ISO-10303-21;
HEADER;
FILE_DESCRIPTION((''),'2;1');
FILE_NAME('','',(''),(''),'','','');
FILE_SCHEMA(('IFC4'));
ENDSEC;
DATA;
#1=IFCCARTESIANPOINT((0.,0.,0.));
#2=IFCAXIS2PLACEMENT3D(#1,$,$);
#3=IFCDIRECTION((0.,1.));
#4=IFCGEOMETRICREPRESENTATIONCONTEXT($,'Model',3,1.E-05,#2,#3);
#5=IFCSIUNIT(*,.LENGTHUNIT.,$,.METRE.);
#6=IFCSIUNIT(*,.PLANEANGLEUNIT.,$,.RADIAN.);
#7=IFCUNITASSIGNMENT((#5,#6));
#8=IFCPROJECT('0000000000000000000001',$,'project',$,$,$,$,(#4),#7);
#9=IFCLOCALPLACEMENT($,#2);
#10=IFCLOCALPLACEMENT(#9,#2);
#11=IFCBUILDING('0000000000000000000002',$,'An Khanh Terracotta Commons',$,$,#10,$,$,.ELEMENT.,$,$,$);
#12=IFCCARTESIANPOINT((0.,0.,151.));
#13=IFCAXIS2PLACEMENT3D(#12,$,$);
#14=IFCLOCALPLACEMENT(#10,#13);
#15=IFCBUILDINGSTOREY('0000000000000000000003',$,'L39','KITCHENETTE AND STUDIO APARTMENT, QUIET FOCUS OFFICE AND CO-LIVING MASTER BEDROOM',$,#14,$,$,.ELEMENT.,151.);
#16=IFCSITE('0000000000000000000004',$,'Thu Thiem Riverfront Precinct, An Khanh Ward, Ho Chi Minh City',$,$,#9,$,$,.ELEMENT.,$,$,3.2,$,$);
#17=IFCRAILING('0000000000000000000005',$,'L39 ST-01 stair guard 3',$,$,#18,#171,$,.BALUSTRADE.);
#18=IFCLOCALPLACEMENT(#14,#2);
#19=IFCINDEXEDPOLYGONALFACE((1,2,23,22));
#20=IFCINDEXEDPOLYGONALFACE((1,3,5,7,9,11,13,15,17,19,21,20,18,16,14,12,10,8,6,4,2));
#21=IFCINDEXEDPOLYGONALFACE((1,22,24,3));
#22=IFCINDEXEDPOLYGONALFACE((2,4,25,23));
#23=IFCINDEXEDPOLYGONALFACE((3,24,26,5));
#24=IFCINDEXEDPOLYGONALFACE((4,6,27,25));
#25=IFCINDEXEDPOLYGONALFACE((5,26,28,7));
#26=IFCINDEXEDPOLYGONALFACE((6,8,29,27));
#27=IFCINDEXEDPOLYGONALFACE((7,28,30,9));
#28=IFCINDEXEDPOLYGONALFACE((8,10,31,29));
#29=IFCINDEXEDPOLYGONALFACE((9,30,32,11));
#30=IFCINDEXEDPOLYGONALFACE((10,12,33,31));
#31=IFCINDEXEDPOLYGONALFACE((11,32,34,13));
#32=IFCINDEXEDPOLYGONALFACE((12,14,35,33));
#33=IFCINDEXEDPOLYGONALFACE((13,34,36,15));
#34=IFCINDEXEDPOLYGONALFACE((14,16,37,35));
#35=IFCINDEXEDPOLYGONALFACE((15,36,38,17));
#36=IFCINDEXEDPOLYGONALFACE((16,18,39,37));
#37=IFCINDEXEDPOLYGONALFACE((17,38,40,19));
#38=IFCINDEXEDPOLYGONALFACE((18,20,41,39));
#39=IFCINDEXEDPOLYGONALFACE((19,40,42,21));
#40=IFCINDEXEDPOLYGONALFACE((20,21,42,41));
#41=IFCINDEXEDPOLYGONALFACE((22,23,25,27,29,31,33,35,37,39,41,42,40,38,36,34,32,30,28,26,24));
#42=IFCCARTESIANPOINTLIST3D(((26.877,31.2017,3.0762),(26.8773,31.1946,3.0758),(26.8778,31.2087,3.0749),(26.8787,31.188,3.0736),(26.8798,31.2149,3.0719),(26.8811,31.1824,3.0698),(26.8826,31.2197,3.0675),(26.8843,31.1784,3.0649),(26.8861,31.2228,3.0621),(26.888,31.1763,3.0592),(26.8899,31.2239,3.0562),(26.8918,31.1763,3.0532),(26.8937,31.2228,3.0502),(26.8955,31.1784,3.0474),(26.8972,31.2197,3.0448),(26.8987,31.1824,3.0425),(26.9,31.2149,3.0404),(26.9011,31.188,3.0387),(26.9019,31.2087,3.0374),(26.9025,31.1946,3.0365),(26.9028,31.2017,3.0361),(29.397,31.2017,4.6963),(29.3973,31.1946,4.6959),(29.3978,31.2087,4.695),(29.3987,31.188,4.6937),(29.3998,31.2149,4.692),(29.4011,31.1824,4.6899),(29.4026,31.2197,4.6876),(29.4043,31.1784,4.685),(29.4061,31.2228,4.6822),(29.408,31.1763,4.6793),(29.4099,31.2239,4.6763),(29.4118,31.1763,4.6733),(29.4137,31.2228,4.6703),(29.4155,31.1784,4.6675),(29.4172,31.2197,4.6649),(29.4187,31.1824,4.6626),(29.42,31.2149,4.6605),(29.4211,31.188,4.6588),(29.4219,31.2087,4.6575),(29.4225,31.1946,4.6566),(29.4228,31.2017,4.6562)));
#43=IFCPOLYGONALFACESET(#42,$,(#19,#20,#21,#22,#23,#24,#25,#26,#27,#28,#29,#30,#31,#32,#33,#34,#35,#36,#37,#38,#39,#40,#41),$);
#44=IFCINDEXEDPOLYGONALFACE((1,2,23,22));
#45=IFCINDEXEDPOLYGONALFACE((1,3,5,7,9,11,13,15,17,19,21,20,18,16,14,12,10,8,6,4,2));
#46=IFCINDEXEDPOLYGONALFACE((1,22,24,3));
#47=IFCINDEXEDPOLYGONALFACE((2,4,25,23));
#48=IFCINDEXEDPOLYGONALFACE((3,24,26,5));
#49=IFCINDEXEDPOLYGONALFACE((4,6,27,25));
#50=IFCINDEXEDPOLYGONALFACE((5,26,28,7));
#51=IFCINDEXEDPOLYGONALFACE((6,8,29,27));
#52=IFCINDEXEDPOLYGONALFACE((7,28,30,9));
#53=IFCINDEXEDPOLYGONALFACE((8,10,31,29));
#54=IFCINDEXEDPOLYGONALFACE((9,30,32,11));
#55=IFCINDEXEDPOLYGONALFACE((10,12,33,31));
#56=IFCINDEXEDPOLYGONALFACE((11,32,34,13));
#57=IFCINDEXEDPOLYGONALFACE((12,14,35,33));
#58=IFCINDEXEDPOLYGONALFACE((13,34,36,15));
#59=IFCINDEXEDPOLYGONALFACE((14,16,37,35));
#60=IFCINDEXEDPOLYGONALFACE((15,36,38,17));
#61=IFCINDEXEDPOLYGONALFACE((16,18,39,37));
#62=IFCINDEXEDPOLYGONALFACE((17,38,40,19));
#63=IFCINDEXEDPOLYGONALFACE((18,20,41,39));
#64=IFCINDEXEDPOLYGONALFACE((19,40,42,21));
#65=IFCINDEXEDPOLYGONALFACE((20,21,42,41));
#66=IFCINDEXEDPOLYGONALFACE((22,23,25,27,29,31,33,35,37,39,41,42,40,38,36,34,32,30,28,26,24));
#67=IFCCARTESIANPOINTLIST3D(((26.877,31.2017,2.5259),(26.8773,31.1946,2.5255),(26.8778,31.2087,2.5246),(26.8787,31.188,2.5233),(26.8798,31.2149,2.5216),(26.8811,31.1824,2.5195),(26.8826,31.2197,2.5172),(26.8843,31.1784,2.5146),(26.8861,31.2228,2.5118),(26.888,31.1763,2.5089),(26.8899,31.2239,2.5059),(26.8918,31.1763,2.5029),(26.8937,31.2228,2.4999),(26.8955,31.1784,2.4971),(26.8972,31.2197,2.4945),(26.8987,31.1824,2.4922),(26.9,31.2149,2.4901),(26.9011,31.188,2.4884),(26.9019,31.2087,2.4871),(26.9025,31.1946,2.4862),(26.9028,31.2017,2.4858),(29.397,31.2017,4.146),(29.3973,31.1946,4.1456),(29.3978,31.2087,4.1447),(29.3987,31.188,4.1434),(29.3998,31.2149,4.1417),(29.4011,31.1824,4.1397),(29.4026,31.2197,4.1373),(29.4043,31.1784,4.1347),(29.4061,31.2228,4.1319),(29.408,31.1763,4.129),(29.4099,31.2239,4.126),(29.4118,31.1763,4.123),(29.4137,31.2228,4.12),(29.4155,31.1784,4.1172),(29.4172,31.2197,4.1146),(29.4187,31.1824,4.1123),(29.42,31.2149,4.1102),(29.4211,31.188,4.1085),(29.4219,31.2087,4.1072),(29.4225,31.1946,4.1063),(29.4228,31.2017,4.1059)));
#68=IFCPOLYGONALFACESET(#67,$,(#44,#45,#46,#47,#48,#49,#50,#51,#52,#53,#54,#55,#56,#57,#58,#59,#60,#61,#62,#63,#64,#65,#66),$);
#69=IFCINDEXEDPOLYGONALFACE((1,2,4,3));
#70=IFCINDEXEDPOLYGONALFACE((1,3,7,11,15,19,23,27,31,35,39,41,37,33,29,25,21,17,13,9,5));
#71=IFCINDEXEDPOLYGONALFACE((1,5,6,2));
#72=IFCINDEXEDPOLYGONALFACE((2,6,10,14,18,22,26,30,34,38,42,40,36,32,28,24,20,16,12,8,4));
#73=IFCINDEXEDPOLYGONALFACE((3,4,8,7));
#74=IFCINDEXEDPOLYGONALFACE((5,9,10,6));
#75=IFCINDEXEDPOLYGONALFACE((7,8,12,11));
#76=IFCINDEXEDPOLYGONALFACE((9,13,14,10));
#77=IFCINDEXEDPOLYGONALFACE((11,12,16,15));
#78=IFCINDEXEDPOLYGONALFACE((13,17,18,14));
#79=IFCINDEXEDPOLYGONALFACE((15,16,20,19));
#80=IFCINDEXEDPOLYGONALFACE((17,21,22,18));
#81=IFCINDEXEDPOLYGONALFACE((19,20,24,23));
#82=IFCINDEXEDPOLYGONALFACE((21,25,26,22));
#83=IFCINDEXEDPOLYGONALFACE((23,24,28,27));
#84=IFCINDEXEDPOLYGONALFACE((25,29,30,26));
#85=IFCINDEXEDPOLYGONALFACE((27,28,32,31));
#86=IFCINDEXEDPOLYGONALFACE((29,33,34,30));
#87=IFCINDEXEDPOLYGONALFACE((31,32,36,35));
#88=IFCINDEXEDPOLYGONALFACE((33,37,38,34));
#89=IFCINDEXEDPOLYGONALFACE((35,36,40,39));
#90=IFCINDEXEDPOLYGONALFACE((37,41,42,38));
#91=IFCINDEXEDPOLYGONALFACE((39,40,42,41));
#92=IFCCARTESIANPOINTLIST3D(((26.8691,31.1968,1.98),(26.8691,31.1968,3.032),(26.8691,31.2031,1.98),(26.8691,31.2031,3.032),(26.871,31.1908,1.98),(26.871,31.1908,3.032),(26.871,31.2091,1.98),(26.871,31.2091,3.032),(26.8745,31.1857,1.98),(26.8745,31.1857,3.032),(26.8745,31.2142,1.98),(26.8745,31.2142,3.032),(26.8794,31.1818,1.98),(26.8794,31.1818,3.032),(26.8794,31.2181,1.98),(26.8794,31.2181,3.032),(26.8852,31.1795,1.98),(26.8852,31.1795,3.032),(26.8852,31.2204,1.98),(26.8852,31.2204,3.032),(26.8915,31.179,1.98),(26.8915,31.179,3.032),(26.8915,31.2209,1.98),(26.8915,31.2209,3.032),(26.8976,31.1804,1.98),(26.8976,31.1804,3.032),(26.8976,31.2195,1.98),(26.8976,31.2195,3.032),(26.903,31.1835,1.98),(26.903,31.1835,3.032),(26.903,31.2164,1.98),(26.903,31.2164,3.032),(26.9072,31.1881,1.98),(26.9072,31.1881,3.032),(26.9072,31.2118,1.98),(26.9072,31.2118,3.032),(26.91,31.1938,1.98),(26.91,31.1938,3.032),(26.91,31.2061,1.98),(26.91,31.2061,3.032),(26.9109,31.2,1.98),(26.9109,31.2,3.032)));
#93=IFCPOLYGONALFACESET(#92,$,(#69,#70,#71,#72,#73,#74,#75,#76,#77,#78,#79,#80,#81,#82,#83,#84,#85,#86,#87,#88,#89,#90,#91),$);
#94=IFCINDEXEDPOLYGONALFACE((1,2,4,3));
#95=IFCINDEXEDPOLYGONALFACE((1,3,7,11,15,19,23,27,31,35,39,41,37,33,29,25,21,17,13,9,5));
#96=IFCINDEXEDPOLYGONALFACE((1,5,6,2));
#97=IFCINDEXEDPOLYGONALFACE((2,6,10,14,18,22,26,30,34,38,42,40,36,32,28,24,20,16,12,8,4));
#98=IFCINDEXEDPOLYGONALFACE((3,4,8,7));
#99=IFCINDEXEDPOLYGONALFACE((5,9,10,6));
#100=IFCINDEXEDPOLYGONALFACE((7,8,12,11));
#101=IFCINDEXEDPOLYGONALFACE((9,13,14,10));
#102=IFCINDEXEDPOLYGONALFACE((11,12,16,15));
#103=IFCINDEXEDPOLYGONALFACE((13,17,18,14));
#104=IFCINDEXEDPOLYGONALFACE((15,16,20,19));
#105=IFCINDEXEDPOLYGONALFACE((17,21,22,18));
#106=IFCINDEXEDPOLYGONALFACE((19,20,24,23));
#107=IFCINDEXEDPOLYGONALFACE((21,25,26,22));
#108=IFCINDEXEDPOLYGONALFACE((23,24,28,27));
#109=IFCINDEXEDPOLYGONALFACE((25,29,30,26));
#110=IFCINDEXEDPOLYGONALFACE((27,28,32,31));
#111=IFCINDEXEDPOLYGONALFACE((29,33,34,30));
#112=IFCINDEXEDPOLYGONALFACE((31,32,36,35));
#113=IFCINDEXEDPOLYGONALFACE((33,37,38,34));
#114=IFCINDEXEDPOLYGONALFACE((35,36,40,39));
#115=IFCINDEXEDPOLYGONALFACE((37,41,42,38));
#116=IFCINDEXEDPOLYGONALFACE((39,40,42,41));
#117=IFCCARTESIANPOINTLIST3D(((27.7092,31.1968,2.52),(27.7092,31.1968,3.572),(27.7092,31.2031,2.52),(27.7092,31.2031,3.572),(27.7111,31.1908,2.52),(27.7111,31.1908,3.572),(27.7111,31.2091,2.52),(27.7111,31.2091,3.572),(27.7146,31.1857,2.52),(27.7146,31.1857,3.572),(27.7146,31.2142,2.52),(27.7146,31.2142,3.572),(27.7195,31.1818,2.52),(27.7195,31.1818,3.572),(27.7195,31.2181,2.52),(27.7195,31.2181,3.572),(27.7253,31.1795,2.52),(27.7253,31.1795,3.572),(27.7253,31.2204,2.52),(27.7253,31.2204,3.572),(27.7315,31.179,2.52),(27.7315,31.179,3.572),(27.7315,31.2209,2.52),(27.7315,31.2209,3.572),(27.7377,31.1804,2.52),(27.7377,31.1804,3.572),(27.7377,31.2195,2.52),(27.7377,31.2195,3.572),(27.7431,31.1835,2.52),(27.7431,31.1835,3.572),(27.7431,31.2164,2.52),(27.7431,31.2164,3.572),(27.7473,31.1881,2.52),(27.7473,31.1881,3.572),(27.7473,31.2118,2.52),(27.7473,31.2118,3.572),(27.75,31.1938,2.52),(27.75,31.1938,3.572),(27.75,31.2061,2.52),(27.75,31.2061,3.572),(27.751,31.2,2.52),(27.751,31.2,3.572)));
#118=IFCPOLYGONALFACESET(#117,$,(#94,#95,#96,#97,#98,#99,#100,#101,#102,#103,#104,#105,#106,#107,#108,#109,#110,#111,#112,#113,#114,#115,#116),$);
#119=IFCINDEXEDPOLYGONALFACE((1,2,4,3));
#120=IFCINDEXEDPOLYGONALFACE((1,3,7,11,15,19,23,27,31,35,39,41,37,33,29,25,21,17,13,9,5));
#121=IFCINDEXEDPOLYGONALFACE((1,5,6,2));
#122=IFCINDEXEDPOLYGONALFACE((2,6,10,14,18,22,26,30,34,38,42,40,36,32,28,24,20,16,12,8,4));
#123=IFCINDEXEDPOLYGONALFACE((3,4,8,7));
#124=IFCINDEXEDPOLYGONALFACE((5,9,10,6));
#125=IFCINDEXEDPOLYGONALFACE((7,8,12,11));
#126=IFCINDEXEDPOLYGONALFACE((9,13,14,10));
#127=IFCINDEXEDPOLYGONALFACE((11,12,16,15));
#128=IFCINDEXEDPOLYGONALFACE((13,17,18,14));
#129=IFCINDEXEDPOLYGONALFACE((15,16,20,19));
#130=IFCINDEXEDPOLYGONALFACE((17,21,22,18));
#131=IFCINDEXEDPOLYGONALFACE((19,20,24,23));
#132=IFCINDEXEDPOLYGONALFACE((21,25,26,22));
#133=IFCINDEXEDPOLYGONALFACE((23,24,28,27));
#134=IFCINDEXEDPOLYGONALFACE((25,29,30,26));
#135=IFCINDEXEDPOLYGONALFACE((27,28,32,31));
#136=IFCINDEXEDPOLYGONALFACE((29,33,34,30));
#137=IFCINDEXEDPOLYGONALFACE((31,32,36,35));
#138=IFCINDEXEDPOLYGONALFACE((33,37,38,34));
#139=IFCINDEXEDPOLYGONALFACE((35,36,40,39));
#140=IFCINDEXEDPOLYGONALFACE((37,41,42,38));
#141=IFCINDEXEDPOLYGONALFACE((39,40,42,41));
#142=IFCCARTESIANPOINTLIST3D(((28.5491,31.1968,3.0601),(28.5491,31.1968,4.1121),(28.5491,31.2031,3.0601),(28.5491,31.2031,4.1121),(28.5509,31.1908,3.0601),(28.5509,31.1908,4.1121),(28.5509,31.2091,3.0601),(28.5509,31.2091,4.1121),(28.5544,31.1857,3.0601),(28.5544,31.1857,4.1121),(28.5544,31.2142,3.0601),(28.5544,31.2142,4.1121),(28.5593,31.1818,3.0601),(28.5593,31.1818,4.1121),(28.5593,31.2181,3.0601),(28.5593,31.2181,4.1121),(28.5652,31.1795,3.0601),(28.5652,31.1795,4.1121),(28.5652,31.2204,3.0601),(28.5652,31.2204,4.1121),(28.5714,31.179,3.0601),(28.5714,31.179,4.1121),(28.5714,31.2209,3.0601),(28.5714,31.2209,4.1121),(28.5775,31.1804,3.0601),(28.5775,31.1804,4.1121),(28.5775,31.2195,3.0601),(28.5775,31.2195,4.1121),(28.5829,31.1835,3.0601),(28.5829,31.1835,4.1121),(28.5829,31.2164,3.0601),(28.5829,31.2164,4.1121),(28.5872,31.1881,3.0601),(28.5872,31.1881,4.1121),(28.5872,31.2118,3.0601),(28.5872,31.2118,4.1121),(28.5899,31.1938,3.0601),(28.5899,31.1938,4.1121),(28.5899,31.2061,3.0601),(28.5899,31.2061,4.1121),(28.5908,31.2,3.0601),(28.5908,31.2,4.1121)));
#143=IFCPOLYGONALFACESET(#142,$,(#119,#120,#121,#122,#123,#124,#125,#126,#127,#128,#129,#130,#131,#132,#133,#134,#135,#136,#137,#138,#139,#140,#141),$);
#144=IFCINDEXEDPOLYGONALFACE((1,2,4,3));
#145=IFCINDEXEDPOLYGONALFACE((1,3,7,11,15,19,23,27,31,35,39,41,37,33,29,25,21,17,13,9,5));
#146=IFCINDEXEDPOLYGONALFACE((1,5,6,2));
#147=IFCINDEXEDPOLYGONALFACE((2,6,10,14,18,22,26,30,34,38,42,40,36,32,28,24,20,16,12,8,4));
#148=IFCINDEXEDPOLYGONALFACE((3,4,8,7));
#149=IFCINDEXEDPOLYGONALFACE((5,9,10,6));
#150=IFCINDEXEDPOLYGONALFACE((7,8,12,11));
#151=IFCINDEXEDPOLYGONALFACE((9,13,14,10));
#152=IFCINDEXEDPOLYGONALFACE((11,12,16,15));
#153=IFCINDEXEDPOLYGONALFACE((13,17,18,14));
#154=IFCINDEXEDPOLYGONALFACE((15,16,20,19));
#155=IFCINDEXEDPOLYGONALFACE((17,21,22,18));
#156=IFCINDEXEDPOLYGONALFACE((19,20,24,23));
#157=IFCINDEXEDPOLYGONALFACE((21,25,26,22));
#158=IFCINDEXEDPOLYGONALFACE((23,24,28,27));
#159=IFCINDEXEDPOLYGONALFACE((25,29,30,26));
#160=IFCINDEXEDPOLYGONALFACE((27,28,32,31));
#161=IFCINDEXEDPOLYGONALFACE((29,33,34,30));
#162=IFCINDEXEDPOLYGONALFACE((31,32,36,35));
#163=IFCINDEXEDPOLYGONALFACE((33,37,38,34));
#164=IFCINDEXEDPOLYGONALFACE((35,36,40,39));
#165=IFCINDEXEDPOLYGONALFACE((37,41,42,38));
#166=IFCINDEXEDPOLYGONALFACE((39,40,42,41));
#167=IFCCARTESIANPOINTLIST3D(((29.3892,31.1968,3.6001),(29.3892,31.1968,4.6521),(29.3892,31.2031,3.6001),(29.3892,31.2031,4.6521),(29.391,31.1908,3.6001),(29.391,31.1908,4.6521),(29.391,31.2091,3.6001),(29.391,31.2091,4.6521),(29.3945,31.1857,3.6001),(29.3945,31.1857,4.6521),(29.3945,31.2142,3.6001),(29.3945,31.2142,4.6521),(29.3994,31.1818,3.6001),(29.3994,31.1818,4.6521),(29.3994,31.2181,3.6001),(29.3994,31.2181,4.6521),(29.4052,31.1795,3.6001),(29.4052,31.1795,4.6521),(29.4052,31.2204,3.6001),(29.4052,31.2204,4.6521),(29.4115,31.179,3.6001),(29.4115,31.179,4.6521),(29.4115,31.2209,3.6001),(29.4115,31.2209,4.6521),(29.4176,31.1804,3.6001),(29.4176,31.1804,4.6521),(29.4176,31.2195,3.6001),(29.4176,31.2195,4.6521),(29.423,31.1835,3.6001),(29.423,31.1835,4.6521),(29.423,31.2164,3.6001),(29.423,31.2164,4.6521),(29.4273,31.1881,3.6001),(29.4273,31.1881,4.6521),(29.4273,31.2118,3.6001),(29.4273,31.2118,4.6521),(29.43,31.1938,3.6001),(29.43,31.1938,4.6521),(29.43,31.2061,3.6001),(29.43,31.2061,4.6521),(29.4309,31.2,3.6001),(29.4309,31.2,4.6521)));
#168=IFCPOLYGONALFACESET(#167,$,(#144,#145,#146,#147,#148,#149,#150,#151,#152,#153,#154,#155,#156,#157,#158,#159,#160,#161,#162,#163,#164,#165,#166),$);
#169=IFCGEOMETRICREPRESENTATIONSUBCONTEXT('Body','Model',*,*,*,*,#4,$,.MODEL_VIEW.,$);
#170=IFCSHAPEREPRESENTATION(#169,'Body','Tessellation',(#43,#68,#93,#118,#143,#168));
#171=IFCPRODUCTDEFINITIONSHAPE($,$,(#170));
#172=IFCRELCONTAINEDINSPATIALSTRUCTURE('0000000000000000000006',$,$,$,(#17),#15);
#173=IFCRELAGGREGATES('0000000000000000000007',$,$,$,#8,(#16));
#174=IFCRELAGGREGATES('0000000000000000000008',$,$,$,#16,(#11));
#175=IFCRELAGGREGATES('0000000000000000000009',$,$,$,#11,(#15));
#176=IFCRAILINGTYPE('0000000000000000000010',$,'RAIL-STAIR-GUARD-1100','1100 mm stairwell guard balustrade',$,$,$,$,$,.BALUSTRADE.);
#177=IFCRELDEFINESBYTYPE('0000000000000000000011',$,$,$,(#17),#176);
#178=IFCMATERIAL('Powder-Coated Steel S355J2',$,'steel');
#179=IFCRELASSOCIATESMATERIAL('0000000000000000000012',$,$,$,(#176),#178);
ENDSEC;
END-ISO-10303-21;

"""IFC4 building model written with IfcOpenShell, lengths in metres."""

from ifc_helpers import new_model, si_unit, direction, frame, origin, origin_2d, place, context, subcontext, project, spatial, circle, extrude, material, type_object, element, save


model = new_model("IFC4")

# Units and contexts
model_context = context("Model", 3, precision=1e-05, world=origin(), true_north=direction((0.0, 1.0)))
body_context = subcontext(model_context, "Body", "Model", "MODEL_VIEW")
ifc_project = project(units=[si_unit("LENGTHUNIT", "METRE"), si_unit("PLANEANGLEUNIT", "RADIAN")], contexts=[model_context])

# Site, building, storey
site_placement = place(None, origin())
site = spatial("IfcSite", under=ifc_project, at=site_placement, Name="Thu Thiem Riverfront Precinct, An Khanh Ward, Ho Chi Minh City", CompositionType="ELEMENT", RefElevation=3.2)
building_placement = place(site_placement, origin())
building = spatial("IfcBuilding", under=site, at=building_placement, Name="An Khanh Terracotta Commons", CompositionType="ELEMENT")
storey_placement = place(building_placement, frame((0.0, 0.0, 151.0)))
storey = spatial("IfcBuildingStorey", under=building, at=storey_placement, Name="L39", Description="KITCHENETTE AND STUDIO APARTMENT, QUIET FOCUS OFFICE AND CO-LIVING MASTER BEDROOM", CompositionType="ELEMENT", Elevation=151.0)

# Railing
ifc_material_1 = material(Name="Powder-Coated Steel S355J2", Category="steel")
railing_type_1 = type_object("IfcRailingType", Name="RAIL-STAIR-GUARD-1100", Description="1100 mm stairwell guard balustrade", PredefinedType="BALUSTRADE", material=ifc_material_1)
railing_1_placement = place(storey_placement, frame((26.8899, 31.2, 1.98)))
element("IfcRailing", 1, at=railing_1_placement, inside=storey, type_object=railing_type_1, Name="L39 ST-01 stair guard 3", PredefinedType="BALUSTRADE", context=body_context, shape_type="SweptSolid", body=[
    extrude(circle(Radius=0.0239, at=origin_2d()), frame((0.0, 0.0, 1.0762), z_axis=(0.841163, 0.0, 0.540782), x_axis=(0.0, 1.0, 0.0)), (0.0, 0.0, 1.0), 2.9958),
    extrude(circle(Radius=0.0239, at=origin_2d()), frame((0.0, 0.0, 0.5259), z_axis=(0.841163, 0.0, 0.540782), x_axis=(0.0, 1.0, 0.0)), (0.0, 0.0, 1.0), 2.9958),
    extrude(circle(Radius=0.021, at=origin_2d()), origin(), (0.0, 0.0, 1.0), 1.052),
    extrude(circle(Radius=0.021, at=origin_2d()), frame((0.8401, 0.0, 0.54)), (0.0, 0.0, 1.0), 1.052),
    extrude(circle(Radius=0.021, at=origin_2d()), frame((1.6799, 0.0, 1.0801)), (0.0, 0.0, 1.0), 1.052),
    extrude(circle(Radius=0.021, at=origin_2d()), frame((2.52, 0.0, 1.6201)), (0.0, 0.0, 1.0), 1.052),
])

save(model, "model.ifc")
